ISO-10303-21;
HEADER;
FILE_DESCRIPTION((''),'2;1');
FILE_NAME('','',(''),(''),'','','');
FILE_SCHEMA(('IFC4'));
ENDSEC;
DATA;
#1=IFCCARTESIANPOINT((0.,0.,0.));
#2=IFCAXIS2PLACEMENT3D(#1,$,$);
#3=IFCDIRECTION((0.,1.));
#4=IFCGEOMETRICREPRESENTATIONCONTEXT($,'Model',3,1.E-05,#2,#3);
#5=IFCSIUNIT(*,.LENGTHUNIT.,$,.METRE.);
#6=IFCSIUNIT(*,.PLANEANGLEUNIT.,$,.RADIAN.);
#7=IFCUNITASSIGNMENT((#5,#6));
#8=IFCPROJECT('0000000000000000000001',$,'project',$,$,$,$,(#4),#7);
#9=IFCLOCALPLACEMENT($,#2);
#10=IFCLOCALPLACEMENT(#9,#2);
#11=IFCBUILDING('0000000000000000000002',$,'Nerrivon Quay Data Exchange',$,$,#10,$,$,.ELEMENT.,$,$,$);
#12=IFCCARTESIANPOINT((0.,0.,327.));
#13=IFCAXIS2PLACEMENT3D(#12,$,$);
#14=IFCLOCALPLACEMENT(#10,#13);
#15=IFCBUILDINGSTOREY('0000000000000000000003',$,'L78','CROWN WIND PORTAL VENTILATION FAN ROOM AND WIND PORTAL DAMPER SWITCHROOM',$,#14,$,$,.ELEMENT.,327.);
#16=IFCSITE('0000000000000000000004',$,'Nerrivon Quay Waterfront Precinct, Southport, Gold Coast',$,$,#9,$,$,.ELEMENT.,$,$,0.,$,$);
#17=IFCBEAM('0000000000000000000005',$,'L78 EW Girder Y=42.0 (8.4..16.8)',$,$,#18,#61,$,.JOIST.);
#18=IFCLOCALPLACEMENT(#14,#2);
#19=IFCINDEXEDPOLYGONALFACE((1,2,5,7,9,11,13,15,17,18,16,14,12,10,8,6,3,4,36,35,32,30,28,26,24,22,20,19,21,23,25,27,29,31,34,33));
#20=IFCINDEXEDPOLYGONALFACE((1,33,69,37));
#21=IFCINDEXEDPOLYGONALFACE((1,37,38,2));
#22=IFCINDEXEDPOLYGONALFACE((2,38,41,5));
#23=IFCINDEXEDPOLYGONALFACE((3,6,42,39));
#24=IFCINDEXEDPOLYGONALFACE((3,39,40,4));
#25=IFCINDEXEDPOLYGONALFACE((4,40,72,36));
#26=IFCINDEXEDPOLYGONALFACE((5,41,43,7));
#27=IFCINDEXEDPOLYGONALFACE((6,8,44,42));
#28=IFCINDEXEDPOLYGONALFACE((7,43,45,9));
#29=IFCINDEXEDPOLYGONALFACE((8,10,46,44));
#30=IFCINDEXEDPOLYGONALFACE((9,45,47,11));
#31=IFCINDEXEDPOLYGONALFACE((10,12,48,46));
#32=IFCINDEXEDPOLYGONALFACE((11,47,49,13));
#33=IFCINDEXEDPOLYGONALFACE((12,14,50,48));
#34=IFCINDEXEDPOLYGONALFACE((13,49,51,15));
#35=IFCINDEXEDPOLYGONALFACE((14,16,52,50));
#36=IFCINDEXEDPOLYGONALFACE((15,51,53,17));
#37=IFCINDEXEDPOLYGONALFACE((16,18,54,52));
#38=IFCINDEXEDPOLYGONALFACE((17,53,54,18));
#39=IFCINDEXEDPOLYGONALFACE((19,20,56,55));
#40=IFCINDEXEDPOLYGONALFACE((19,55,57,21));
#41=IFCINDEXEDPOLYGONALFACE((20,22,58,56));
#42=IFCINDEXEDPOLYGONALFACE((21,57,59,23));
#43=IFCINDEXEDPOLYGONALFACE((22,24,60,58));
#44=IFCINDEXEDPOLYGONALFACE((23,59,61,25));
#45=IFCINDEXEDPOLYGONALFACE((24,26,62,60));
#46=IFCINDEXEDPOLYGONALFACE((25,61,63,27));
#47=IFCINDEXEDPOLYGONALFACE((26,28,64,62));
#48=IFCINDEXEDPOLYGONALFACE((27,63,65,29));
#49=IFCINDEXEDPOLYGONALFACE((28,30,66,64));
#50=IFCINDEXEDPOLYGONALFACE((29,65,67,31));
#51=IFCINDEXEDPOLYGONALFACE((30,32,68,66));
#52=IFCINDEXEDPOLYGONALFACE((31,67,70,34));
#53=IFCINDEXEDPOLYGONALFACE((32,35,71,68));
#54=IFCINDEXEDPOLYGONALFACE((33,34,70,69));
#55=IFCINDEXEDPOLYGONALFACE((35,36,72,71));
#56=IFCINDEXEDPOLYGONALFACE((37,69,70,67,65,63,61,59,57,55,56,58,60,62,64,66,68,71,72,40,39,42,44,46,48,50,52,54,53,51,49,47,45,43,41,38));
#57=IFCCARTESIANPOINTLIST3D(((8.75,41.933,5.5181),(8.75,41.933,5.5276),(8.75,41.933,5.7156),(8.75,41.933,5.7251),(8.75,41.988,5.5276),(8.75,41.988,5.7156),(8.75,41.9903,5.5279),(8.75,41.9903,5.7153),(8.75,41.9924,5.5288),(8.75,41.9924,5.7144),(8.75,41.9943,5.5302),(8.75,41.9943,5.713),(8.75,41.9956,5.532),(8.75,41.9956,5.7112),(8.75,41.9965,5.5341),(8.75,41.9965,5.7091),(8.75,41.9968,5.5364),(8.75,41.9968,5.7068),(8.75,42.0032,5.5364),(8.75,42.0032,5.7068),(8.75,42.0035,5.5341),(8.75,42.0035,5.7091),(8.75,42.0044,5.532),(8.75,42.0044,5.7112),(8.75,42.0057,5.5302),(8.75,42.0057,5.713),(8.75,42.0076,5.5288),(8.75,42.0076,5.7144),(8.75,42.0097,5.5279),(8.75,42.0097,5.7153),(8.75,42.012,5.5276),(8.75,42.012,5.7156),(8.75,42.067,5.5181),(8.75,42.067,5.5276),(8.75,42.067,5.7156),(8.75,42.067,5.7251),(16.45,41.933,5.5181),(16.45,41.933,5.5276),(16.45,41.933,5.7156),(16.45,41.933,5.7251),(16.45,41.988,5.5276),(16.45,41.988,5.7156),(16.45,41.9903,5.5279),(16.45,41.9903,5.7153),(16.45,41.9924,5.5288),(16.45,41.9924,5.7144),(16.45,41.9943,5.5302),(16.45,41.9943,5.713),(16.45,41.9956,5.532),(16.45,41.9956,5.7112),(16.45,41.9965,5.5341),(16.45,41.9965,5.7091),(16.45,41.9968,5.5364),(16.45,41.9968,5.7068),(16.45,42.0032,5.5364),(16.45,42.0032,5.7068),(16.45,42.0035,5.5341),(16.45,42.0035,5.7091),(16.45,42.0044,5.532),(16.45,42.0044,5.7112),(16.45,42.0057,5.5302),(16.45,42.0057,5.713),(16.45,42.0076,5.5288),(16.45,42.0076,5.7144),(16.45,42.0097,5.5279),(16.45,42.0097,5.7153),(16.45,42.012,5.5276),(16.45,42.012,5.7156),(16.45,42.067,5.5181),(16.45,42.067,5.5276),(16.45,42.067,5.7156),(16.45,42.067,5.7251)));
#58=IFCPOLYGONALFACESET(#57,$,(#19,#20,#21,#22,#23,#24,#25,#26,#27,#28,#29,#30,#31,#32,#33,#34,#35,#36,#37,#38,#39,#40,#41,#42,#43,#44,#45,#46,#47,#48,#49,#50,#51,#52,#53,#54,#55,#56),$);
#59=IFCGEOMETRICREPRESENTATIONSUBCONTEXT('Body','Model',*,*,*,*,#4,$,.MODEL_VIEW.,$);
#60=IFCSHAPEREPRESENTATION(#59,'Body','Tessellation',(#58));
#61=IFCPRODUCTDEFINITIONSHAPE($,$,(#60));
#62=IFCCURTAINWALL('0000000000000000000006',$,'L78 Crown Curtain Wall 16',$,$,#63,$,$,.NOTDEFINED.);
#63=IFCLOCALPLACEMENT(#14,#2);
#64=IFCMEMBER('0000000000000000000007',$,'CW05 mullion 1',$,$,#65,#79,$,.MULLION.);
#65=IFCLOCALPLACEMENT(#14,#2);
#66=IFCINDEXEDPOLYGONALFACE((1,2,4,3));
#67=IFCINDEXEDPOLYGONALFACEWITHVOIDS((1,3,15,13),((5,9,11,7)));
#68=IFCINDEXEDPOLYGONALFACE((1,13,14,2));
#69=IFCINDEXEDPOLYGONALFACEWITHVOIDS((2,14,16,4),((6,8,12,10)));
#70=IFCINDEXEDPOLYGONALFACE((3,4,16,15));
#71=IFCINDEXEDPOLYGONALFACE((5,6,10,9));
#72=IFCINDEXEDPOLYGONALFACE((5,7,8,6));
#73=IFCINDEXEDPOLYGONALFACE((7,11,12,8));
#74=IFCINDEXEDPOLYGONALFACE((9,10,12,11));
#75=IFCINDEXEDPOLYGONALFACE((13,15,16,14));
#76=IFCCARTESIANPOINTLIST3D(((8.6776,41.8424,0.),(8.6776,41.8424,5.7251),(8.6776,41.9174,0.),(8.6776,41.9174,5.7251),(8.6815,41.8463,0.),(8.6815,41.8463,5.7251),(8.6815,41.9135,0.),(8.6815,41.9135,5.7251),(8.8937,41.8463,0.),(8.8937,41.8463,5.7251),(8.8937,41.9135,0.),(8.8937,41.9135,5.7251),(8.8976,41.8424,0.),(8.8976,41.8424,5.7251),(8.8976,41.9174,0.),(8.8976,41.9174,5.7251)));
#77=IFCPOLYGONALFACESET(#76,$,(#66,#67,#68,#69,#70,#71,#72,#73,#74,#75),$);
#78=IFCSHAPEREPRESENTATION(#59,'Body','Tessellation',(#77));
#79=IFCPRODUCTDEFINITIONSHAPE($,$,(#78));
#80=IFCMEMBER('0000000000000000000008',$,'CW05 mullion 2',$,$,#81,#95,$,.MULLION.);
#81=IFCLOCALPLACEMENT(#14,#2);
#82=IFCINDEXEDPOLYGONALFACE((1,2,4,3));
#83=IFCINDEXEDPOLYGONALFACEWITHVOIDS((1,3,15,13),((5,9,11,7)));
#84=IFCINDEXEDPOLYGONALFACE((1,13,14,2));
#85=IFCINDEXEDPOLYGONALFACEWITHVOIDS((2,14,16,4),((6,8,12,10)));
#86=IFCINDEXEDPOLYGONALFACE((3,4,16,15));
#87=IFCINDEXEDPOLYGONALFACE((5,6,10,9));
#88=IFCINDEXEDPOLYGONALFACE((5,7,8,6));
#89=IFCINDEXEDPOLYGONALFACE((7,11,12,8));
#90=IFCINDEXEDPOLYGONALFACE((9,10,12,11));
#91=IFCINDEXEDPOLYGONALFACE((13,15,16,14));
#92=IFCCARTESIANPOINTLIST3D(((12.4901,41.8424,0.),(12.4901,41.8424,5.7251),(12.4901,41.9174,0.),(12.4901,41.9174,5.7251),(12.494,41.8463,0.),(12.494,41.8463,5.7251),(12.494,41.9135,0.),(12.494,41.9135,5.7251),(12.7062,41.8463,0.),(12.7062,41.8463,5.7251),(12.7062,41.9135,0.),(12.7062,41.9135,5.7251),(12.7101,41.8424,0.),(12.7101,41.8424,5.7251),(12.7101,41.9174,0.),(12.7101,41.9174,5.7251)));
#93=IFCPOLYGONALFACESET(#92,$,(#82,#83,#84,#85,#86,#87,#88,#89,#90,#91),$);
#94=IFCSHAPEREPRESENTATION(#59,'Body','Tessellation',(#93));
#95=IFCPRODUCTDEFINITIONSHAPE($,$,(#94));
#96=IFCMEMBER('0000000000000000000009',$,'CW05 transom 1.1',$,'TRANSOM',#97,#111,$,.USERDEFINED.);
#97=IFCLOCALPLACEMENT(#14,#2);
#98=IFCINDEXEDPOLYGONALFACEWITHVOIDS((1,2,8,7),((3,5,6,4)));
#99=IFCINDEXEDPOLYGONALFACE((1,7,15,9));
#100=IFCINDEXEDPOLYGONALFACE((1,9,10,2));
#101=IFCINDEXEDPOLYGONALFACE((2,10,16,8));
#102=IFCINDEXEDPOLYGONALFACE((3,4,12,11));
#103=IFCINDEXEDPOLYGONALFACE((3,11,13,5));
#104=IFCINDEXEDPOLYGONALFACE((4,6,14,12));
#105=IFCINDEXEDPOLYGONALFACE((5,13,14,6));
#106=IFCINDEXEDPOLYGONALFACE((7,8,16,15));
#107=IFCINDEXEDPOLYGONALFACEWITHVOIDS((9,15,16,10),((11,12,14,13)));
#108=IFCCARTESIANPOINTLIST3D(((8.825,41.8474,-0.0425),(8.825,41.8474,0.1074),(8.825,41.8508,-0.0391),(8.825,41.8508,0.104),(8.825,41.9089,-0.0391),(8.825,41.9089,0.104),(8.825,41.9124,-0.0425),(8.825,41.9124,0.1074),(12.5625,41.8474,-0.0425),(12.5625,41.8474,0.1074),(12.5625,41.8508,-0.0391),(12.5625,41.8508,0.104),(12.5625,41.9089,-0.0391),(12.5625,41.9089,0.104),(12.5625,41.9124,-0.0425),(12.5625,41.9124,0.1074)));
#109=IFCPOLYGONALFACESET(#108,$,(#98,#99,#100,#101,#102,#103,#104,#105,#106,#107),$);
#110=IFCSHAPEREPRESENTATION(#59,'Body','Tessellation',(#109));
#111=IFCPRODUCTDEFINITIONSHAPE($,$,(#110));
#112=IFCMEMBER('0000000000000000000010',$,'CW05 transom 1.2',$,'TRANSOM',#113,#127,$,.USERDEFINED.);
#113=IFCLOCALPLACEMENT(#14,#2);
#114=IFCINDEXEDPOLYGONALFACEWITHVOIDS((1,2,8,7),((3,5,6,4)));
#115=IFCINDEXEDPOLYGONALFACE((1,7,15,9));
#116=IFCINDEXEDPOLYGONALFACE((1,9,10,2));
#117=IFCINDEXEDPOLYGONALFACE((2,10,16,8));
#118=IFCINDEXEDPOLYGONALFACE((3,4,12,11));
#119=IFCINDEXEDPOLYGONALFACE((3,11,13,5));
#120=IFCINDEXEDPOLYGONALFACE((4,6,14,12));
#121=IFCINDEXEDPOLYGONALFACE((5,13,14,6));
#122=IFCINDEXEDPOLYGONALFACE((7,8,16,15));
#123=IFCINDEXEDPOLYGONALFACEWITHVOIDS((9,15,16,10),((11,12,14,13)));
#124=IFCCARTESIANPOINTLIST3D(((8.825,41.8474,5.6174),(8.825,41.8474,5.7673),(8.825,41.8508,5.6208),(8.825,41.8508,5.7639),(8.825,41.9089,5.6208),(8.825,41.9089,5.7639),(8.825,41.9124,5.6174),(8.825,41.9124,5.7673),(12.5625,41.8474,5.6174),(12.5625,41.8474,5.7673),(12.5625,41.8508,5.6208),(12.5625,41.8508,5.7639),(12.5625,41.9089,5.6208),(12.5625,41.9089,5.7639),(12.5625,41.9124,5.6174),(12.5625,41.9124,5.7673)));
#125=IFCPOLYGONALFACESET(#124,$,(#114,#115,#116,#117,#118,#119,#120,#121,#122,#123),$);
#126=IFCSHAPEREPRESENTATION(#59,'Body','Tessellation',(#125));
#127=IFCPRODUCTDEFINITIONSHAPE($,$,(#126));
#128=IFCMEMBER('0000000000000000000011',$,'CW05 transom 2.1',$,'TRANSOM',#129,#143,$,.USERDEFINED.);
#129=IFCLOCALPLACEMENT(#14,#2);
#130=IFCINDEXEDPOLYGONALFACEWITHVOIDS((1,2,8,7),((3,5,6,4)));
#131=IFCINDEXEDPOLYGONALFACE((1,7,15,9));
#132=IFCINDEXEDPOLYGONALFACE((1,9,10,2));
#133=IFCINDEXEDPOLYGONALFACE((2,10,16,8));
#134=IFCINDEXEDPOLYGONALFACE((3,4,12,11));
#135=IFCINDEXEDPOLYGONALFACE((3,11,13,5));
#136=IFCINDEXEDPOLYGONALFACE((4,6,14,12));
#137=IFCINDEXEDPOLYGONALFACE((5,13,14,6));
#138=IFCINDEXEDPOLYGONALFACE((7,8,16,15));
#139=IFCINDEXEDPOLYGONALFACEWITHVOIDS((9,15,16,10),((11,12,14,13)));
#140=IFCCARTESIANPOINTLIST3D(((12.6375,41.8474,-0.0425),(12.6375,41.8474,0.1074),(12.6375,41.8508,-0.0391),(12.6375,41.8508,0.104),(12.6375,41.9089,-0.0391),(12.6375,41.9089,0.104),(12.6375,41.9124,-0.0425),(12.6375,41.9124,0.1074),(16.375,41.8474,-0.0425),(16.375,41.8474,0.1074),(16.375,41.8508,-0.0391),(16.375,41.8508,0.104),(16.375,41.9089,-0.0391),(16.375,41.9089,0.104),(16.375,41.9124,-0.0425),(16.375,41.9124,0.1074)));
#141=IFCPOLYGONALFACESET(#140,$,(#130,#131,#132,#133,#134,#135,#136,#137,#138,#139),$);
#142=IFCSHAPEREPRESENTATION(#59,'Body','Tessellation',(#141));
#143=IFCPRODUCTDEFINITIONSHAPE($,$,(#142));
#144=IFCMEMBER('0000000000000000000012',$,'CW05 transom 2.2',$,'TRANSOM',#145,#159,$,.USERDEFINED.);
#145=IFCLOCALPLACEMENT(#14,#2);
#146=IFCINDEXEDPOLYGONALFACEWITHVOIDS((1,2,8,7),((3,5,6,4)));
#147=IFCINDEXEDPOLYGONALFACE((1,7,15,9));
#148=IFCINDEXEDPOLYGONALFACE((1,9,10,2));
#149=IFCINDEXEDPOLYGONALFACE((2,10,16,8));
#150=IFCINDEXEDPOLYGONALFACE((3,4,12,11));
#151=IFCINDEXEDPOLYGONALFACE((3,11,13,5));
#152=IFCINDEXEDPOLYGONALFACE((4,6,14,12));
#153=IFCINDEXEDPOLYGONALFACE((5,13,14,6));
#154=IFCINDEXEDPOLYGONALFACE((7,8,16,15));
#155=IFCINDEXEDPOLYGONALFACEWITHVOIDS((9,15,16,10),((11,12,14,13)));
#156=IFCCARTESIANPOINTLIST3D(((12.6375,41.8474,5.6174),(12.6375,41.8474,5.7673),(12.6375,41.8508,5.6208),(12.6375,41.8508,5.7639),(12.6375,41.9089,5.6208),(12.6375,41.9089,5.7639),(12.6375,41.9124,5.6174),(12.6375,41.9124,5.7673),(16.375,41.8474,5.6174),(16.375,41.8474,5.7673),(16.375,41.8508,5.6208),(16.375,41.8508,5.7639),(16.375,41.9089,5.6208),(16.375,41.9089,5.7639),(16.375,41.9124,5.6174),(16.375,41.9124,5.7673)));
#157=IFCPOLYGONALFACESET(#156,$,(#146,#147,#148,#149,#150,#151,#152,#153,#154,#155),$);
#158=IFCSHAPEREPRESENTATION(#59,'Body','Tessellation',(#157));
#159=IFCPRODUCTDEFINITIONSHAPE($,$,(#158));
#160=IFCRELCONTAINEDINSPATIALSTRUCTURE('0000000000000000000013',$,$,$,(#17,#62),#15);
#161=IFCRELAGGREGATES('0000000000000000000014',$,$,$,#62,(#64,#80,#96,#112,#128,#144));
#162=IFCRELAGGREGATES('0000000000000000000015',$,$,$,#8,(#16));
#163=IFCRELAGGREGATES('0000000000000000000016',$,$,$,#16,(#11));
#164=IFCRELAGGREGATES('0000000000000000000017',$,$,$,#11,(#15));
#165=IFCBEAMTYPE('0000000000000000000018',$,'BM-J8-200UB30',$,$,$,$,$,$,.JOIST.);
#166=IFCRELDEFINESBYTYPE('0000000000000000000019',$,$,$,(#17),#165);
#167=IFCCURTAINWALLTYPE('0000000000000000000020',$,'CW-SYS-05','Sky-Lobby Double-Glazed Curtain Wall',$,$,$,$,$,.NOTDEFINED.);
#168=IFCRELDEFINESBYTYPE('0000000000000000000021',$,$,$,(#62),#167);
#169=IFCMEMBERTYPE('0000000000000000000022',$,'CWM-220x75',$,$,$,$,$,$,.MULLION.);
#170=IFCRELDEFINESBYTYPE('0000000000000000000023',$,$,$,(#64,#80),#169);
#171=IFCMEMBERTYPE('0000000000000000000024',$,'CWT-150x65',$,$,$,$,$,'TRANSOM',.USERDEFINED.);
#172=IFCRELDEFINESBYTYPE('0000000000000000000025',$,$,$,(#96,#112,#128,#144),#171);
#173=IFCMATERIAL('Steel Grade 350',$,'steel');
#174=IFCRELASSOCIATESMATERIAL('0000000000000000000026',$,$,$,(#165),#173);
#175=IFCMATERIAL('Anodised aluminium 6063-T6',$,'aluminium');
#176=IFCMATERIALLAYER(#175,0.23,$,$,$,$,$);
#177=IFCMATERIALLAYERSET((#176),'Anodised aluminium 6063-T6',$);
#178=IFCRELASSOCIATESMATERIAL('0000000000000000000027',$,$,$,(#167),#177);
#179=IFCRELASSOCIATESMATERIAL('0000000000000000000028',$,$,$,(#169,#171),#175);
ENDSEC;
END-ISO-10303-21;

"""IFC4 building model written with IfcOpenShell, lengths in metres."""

from ifc_helpers import new_model, si_unit, direction, frame, origin, origin_2d, place, context, subcontext, project, spatial, hollow_rectangle, i_section, extrude, material, layer, layer_set, material_profile, profile_set, type_object, element, aggregate, save


model = new_model("IFC4")

# Units and contexts
model_context = context("Model", 3, precision=1e-05, world=origin(), true_north=direction((0.0, 1.0)))
body_context = subcontext(model_context, "Body", "Model", "MODEL_VIEW")
ifc_project = project(units=[si_unit("LENGTHUNIT", "METRE"), si_unit("PLANEANGLEUNIT", "RADIAN")], contexts=[model_context])

# Site, building, storey
site_placement = place(None, origin())
site = spatial("IfcSite", under=ifc_project, at=site_placement, Name="Nerrivon Quay Waterfront Precinct, Southport, Gold Coast", CompositionType="ELEMENT", RefElevation=0.0)
building_placement = place(site_placement, origin())
building = spatial("IfcBuilding", under=site, at=building_placement, Name="Nerrivon Quay Data Exchange", CompositionType="ELEMENT")
storey_placement = place(building_placement, frame((0.0, 0.0, 327.0)))
storey = spatial("IfcBuildingStorey", under=building, at=storey_placement, Name="L78", Description="CROWN WIND PORTAL VENTILATION FAN ROOM AND WIND PORTAL DAMPER SWITCHROOM", CompositionType="ELEMENT", Elevation=327.0)

# Beam
ifc_material_1 = material(Name="Steel Grade 350", Category="steel")
ifc_material_profile_1 = material_profile(ifc_material_1, i_section(OverallWidth=0.134, OverallDepth=0.207, WebThickness=0.0063, FlangeThickness=0.0095, FilletRadius=0.0088, at=origin_2d()), Name="200UB29.8")
ifc_profile_set_1 = profile_set([ifc_material_profile_1], Name="Steel Grade 350")
beam_type = type_object("IfcBeamType", Name="BM-J8-200UB30", PredefinedType="JOIST", material=ifc_profile_set_1)
beam_placement = place(storey_placement, frame((8.75, 42.0, 5.6216), z_axis=(1.0, 0.0, 0.0), x_axis=(0.0, 1.0, 0.0)))
element("IfcBeam", 1, at=beam_placement, inside=storey, type_object=beam_type, Name="L78 EW Girder Y=42.0 (8.4..16.8)", PredefinedType="JOIST", context=body_context, shape_type="SweptSolid", body=[
    extrude(i_section(OverallWidth=0.134, OverallDepth=0.207, WebThickness=0.0063, FlangeThickness=0.0095, FilletRadius=0.0088, at=origin_2d()), origin(), (0.0, 0.0, 1.0), 7.7),
])

# Curtain wall, members
ifc_material_2 = material(Name="Anodised aluminium 6063-T6", Category="aluminium")
ifc_layer_1 = layer(ifc_material_2, 0.23)
ifc_layer_set_1 = layer_set([ifc_layer_1], Name="Anodised aluminium 6063-T6")
curtain_wall_type = type_object("IfcCurtainWallType", Name="CW-SYS-05", Description="Sky-Lobby Double-Glazed Curtain Wall", PredefinedType="NOTDEFINED", material=ifc_layer_set_1)
curtain_wall_placement = place(storey_placement, origin())
curtain_wall = element("IfcCurtainWall", 2, at=curtain_wall_placement, inside=storey, type_object=curtain_wall_type, Name="L78 Crown Curtain Wall 16", PredefinedType="NOTDEFINED")
ifc_material_profile_2 = material_profile(ifc_material_2, hollow_rectangle(XDim=0.075, YDim=0.22, WallThickness=0.0039, at=origin_2d()), Name="ALU-MULL-220x75")
ifc_profile_set_2 = profile_set([ifc_material_profile_2], Name="Anodised aluminium 6063-T6")
member_type_1 = type_object("IfcMemberType", Name="CWM-220x75", PredefinedType="MULLION", material=ifc_profile_set_2)
member_1_placement = place(storey_placement, frame((8.7876, 41.8799, 0.0), z_axis=(0.0, 0.0, 1.0), x_axis=(0.0, 1.0, 0.0)))
member_1 = element("IfcMember", 3, at=member_1_placement, type_object=member_type_1, Name="CW05 mullion 1", PredefinedType="MULLION", context=body_context, shape_type="SweptSolid", body=[
    extrude(hollow_rectangle(XDim=0.075, YDim=0.22, WallThickness=0.0039, at=origin_2d()), origin(), (0.0, 0.0, 1.0), 5.7251),
])
member_2_placement = place(storey_placement, frame((12.6001, 41.8799, 0.0), z_axis=(0.0, 0.0, 1.0), x_axis=(0.0, 1.0, 0.0)))
member_2 = element("IfcMember", 4, at=member_2_placement, type_object=member_type_1, Name="CW05 mullion 2", PredefinedType="MULLION", context=body_context, shape_type="SweptSolid", body=[
    extrude(hollow_rectangle(XDim=0.075, YDim=0.22, WallThickness=0.0039, at=origin_2d()), origin(), (0.0, 0.0, 1.0), 5.7251),
])
ifc_material_profile_3 = material_profile(ifc_material_2, hollow_rectangle(XDim=0.0649, YDim=0.1499, WallThickness=0.0034, at=origin_2d()), Name="ALU-TRAN-150x65")
ifc_profile_set_3 = profile_set([ifc_material_profile_3], Name="Anodised aluminium 6063-T6")
member_type_2 = type_object("IfcMemberType", Name="CWT-150x65", ElementType="TRANSOM", PredefinedType="USERDEFINED", material=ifc_profile_set_3)
member_3_placement = place(storey_placement, frame((8.825, 41.8799, 0.0325), z_axis=(1.0, 0.0, 0.0), x_axis=(0.0, 1.0, 0.0)))
member_3 = element("IfcMember", 5, at=member_3_placement, type_object=member_type_2, Name="CW05 transom 1.1", ObjectType="TRANSOM", PredefinedType="USERDEFINED", context=body_context, shape_type="SweptSolid", body=[
    extrude(hollow_rectangle(XDim=0.0649, YDim=0.1499, WallThickness=0.0034, at=origin_2d()), origin(), (0.0, 0.0, 1.0), 3.7375),
])
member_4_placement = place(storey_placement, frame((8.825, 41.8799, 5.6924), z_axis=(1.0, 0.0, 0.0), x_axis=(0.0, 1.0, 0.0)))
member_4 = element("IfcMember", 6, at=member_4_placement, type_object=member_type_2, Name="CW05 transom 1.2", ObjectType="TRANSOM", PredefinedType="USERDEFINED", context=body_context, shape_type="SweptSolid", body=[
    extrude(hollow_rectangle(XDim=0.0649, YDim=0.1499, WallThickness=0.0034, at=origin_2d()), origin(), (0.0, 0.0, 1.0), 3.7375),
])
member_5_placement = place(storey_placement, frame((12.6375, 41.8799, 0.0325), z_axis=(1.0, 0.0, 0.0), x_axis=(0.0, 1.0, 0.0)))
member_5 = element("IfcMember", 7, at=member_5_placement, type_object=member_type_2, Name="CW05 transom 2.1", ObjectType="TRANSOM", PredefinedType="USERDEFINED", context=body_context, shape_type="SweptSolid", body=[
    extrude(hollow_rectangle(XDim=0.0649, YDim=0.1499, WallThickness=0.0034, at=origin_2d()), origin(), (0.0, 0.0, 1.0), 3.7375),
])
member_6_placement = place(storey_placement, frame((12.6375, 41.8799, 5.6924), z_axis=(1.0, 0.0, 0.0), x_axis=(0.0, 1.0, 0.0)))
member_6 = element("IfcMember", 8, at=member_6_placement, type_object=member_type_2, Name="CW05 transom 2.2", ObjectType="TRANSOM", PredefinedType="USERDEFINED", context=body_context, shape_type="SweptSolid", body=[
    extrude(hollow_rectangle(XDim=0.0649, YDim=0.1499, WallThickness=0.0034, at=origin_2d()), origin(), (0.0, 0.0, 1.0), 3.7375),
])

aggregate(curtain_wall, [member_1, member_2, member_3, member_4, member_5, member_6])

save(model, "model.ifc")
